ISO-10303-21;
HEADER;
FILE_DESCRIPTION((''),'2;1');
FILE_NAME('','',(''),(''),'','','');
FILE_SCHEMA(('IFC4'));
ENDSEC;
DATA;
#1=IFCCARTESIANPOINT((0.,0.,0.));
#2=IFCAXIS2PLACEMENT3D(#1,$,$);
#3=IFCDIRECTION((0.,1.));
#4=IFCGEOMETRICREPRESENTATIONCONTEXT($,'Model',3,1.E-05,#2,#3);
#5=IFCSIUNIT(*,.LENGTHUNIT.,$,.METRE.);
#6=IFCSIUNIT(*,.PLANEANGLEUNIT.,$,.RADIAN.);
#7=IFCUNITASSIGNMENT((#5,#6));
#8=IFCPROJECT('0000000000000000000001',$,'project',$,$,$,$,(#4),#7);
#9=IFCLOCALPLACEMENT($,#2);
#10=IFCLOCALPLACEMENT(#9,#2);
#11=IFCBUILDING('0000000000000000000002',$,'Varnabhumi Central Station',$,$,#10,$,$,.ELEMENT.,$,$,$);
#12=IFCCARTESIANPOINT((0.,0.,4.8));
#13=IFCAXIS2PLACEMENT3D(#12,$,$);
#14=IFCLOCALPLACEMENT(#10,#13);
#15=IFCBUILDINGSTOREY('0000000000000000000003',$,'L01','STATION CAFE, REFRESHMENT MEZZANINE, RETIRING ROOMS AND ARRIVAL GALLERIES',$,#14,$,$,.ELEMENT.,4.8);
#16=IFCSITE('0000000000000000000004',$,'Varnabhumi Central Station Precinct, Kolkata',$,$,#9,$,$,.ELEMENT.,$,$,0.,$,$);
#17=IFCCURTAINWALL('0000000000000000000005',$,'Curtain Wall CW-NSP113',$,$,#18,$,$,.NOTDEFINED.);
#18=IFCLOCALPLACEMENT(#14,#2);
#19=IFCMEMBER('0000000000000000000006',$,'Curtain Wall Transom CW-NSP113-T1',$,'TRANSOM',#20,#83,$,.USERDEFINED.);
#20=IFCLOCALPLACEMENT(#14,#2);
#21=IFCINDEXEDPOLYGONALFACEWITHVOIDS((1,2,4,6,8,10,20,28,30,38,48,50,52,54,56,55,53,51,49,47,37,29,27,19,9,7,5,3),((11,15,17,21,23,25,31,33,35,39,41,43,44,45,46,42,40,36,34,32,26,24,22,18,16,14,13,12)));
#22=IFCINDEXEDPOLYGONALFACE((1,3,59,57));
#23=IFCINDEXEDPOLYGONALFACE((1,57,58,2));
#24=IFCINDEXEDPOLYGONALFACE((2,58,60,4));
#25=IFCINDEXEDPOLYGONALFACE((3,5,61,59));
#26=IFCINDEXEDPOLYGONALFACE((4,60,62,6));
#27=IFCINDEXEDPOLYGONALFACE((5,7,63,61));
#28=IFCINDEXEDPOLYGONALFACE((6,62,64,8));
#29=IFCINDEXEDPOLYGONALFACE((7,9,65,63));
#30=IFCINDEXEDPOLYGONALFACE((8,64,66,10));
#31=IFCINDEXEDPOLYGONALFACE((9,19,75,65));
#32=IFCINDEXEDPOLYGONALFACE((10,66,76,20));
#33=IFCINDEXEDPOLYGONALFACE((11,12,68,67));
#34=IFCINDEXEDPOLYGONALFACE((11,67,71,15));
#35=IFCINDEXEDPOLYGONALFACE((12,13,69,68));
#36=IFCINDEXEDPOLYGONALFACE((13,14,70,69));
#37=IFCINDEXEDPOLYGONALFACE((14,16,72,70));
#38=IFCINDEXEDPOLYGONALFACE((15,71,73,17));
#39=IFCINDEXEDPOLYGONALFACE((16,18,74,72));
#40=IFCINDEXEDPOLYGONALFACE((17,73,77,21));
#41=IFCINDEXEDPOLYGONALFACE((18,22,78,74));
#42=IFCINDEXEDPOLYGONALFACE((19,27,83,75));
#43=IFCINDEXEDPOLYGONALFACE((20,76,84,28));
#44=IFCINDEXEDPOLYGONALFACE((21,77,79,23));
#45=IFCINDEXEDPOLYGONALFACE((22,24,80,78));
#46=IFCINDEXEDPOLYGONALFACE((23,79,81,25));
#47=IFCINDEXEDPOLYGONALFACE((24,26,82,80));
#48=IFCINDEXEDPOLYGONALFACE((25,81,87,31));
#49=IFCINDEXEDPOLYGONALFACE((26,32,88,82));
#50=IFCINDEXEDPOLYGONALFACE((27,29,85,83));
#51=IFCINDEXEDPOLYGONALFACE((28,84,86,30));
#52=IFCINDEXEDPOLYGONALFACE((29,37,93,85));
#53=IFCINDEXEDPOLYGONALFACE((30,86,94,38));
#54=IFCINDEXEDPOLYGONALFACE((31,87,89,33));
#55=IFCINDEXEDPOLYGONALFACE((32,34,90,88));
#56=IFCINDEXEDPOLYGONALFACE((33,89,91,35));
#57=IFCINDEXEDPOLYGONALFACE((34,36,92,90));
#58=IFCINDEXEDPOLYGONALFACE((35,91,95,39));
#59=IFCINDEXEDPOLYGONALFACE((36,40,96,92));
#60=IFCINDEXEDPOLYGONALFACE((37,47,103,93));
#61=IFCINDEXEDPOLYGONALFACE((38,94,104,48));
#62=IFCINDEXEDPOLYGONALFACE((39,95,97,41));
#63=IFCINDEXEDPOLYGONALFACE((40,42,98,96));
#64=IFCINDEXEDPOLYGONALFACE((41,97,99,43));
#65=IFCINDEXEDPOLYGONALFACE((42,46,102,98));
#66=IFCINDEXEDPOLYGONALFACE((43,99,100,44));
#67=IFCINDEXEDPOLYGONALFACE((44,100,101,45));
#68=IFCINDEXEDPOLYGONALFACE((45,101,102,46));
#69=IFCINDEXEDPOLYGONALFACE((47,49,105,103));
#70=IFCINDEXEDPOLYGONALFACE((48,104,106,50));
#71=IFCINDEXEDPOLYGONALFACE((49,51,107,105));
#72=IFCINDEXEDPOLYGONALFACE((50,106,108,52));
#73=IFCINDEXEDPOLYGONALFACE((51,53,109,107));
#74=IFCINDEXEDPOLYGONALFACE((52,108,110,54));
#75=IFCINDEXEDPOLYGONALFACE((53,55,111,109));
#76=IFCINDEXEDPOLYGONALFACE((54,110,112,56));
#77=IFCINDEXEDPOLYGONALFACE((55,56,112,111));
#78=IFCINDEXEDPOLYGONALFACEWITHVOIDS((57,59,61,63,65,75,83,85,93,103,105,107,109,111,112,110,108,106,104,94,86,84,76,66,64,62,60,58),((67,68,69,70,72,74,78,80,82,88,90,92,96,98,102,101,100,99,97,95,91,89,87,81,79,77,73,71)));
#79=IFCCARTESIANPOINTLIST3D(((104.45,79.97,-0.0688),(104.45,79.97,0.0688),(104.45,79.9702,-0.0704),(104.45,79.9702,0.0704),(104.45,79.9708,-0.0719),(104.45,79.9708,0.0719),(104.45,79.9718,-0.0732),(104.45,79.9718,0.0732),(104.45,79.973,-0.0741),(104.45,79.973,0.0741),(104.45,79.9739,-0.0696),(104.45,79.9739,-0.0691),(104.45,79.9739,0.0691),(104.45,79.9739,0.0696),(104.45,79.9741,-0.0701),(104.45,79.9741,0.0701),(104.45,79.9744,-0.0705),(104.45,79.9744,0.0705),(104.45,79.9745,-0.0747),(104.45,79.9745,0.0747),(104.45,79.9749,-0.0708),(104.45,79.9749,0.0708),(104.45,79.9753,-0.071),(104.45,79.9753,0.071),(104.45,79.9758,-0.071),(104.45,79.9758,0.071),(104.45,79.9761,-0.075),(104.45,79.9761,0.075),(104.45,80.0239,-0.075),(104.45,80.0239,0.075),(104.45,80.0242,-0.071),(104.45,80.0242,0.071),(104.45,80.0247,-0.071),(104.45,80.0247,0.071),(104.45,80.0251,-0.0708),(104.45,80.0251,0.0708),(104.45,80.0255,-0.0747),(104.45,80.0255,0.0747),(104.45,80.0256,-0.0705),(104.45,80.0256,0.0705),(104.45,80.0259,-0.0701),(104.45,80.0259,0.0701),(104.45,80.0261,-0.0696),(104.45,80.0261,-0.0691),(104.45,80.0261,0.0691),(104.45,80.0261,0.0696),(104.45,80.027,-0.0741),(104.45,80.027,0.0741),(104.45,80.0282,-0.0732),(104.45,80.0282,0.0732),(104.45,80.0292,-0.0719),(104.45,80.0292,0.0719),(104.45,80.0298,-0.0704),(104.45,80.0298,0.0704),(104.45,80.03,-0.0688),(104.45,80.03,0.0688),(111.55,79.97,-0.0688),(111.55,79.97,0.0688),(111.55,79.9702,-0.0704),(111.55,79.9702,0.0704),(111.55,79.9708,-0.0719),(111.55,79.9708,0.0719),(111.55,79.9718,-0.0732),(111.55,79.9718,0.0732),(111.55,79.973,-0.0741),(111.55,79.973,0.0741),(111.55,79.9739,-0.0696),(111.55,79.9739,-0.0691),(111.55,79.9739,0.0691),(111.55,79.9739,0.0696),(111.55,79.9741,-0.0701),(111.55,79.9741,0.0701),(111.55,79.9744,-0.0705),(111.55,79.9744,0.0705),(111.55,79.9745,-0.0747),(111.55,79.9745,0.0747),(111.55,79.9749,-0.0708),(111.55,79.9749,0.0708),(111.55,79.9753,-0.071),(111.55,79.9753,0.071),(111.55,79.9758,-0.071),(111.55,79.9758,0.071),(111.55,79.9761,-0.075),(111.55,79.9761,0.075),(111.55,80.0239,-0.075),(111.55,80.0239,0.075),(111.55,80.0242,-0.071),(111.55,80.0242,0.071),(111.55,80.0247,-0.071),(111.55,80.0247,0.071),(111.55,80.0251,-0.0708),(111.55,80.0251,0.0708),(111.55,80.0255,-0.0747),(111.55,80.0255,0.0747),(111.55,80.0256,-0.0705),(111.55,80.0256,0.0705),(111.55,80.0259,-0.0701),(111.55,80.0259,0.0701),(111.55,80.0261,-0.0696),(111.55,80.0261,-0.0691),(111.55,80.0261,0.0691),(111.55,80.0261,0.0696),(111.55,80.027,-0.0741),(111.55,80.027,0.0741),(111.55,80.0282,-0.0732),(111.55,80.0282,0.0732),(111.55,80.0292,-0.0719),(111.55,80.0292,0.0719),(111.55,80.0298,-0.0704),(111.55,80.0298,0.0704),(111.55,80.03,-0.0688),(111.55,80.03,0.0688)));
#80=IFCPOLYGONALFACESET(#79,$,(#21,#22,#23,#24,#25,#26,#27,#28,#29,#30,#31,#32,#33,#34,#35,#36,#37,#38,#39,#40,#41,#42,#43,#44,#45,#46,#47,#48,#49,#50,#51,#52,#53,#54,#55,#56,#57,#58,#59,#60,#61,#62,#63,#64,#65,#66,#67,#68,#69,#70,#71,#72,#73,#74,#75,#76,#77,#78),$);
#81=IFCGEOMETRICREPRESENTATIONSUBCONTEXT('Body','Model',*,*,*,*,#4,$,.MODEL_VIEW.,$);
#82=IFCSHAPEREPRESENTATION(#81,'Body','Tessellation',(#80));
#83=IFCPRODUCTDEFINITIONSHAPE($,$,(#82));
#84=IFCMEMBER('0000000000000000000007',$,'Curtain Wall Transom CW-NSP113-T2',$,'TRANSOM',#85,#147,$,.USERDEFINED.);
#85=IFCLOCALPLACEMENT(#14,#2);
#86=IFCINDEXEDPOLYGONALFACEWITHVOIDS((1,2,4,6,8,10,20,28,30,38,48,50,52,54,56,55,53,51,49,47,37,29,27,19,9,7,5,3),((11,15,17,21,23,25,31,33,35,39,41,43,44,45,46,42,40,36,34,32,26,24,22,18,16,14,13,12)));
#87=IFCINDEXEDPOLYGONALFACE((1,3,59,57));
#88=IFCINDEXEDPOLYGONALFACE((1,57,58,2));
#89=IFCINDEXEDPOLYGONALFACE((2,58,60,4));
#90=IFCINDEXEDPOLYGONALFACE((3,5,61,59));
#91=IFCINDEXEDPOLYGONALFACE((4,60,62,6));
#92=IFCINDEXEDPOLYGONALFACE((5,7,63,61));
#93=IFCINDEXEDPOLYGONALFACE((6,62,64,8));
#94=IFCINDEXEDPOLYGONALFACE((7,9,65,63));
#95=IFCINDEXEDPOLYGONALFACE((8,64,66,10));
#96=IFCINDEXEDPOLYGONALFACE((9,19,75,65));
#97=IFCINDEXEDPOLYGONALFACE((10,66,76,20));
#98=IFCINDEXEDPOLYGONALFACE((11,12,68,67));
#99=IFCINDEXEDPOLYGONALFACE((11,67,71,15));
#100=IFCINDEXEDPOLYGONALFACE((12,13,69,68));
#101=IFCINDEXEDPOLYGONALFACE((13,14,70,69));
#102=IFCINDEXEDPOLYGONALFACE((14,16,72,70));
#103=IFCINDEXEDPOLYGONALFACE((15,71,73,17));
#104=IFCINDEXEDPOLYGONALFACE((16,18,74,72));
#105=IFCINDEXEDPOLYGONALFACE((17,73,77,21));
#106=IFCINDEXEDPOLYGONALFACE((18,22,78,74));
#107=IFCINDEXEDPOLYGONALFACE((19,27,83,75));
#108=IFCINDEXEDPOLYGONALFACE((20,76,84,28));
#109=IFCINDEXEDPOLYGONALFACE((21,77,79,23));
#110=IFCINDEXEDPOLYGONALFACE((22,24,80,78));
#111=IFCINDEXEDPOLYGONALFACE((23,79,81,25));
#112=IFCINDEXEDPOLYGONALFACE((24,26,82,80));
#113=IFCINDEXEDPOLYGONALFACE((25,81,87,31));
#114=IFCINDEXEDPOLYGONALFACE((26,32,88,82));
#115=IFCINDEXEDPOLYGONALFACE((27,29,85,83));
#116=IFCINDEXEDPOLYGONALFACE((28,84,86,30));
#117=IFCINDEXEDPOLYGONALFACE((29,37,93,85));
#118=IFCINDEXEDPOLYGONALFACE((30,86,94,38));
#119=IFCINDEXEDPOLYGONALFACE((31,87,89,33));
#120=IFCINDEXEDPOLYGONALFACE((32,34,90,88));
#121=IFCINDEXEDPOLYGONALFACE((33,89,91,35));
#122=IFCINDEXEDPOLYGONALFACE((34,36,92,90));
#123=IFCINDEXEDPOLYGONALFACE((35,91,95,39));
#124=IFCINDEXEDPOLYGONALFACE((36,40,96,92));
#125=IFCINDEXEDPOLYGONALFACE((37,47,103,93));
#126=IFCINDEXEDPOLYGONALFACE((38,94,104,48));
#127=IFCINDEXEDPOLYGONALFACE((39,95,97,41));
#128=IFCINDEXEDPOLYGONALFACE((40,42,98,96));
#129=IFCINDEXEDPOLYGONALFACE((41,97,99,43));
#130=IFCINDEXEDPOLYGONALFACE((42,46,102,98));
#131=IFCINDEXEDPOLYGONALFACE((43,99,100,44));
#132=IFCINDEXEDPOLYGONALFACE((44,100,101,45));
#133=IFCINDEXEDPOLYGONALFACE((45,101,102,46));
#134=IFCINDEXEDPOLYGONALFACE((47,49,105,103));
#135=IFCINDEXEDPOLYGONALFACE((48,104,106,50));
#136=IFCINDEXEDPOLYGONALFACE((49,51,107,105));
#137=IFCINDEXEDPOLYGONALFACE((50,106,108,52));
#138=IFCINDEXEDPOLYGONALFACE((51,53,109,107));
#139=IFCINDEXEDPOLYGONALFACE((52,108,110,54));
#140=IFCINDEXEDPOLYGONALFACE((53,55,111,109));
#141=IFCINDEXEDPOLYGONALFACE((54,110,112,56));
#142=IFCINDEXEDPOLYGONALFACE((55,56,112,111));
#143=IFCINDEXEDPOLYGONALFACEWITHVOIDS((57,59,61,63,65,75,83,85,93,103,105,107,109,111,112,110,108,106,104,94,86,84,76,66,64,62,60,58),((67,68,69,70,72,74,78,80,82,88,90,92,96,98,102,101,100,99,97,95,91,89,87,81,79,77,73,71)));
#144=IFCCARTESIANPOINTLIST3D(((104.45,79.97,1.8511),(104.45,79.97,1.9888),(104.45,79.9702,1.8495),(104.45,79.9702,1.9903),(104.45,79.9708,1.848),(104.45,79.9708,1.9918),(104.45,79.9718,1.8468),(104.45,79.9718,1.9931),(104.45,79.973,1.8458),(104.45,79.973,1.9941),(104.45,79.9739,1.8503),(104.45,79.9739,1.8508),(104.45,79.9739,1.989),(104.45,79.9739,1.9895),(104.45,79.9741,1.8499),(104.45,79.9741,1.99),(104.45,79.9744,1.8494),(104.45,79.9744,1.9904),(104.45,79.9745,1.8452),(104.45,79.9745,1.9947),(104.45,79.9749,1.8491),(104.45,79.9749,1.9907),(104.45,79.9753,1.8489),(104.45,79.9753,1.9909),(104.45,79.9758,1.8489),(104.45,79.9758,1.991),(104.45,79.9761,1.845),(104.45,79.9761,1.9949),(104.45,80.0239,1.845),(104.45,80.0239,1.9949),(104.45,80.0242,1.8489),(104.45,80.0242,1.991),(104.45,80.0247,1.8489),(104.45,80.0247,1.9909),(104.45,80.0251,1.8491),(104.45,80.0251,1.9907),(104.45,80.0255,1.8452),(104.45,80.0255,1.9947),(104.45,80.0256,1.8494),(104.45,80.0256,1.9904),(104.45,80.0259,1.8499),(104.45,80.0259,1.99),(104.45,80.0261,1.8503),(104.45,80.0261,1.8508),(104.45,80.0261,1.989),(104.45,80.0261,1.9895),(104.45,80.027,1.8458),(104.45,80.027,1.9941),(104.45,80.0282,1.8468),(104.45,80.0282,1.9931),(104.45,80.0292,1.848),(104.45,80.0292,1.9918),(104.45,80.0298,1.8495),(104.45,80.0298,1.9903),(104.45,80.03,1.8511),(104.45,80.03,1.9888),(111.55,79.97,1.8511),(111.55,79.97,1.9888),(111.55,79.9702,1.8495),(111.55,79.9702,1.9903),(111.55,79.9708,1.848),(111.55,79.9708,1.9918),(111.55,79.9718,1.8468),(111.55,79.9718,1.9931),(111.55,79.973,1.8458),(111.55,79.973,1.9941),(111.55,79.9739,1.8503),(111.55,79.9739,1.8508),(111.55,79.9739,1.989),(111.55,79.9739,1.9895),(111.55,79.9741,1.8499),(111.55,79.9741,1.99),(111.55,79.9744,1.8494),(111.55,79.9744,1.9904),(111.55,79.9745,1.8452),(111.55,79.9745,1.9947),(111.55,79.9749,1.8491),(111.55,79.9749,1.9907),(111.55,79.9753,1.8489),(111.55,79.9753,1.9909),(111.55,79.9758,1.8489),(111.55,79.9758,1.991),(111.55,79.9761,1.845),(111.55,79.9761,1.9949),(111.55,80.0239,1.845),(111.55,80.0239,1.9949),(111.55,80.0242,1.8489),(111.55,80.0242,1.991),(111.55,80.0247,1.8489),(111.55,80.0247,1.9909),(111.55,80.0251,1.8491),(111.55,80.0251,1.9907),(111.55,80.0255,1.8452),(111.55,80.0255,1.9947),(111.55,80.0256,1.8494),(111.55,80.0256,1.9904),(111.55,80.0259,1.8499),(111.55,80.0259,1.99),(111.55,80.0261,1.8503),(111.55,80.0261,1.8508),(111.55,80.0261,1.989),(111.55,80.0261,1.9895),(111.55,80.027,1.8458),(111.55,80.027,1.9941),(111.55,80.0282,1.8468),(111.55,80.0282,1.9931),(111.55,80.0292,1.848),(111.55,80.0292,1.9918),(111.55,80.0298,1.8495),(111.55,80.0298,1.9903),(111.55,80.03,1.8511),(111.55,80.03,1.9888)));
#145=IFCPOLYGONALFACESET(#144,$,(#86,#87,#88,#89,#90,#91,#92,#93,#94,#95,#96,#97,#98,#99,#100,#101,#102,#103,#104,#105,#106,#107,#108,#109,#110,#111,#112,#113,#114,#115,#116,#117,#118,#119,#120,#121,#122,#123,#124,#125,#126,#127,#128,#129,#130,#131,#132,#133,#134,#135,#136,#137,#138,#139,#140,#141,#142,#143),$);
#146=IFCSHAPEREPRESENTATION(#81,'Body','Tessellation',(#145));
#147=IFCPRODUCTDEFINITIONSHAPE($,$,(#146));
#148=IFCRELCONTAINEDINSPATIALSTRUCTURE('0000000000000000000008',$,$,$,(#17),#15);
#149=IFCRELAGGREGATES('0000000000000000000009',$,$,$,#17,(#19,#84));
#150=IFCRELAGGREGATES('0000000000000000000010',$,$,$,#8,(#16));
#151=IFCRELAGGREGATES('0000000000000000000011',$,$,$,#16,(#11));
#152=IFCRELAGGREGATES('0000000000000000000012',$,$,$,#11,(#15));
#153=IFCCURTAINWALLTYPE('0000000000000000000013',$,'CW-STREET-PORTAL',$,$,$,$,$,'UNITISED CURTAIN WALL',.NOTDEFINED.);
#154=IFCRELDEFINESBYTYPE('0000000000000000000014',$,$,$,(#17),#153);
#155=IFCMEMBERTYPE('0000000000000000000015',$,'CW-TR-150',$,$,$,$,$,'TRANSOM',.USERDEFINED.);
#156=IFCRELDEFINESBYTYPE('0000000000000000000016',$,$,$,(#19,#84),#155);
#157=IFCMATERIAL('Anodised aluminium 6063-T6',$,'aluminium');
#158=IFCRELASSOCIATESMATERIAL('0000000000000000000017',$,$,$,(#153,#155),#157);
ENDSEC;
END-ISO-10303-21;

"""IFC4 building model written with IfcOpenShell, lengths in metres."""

from ifc_helpers import new_model, si_unit, direction, frame, origin, origin_2d, place, context, subcontext, project, spatial, hollow_rectangle, extrude, material, material_profile, profile_set, type_object, element, aggregate, save


model = new_model("IFC4")

# Units and contexts
model_context = context("Model", 3, precision=1e-05, world=origin(), true_north=direction((0.0, 1.0)))
body_context = subcontext(model_context, "Body", "Model", "MODEL_VIEW")
ifc_project = project(units=[si_unit("LENGTHUNIT", "METRE"), si_unit("PLANEANGLEUNIT", "RADIAN")], contexts=[model_context])

# Site, building, storey
site_placement = place(None, origin())
site = spatial("IfcSite", under=ifc_project, at=site_placement, Name="Varnabhumi Central Station Precinct, Kolkata", CompositionType="ELEMENT", RefElevation=0.0)
building_placement = place(site_placement, origin())
building = spatial("IfcBuilding", under=site, at=building_placement, Name="Varnabhumi Central Station", CompositionType="ELEMENT")
storey_placement = place(building_placement, frame((0.0, 0.0, 4.8)))
storey = spatial("IfcBuildingStorey", under=building, at=storey_placement, Name="L01", Description="STATION CAFE, REFRESHMENT MEZZANINE, RETIRING ROOMS AND ARRIVAL GALLERIES", CompositionType="ELEMENT", Elevation=4.8)

# Curtain wall
ifc_material_1 = material(Name="Anodised aluminium 6063-T6", Category="aluminium")
curtain_wall_type_1 = type_object("IfcCurtainWallType", Name="CW-STREET-PORTAL", ElementType="UNITISED CURTAIN WALL", PredefinedType="NOTDEFINED", material=ifc_material_1)
curtain_wall_1_placement = place(storey_placement, origin())
curtain_wall_1 = element("IfcCurtainWall", 1, at=curtain_wall_1_placement, inside=storey, type_object=curtain_wall_type_1, Name="Curtain Wall CW-NSP113", PredefinedType="NOTDEFINED")

# Members
ifc_material_profile_1 = material_profile(ifc_material_1, hollow_rectangle(XDim=0.0601, YDim=0.1499, WallThickness=0.0039, InnerFilletRadius=0.002, OuterFilletRadius=0.0061, at=origin_2d()), Name="Anodised aluminium 6063-T6", Category="aluminium")
ifc_profile_set_1 = profile_set([ifc_material_profile_1], Name="Anodised aluminium 6063-T6")
member_type_1 = type_object("IfcMemberType", Name="CW-TR-150", ElementType="TRANSOM", PredefinedType="USERDEFINED", material=ifc_profile_set_1)
member_1_placement = place(storey_placement, frame((104.45, 80.0, 0.0), z_axis=(1.0, 0.0, 0.0), x_axis=(0.0, 1.0, 0.0)))
member_1 = element("IfcMember", 2, at=member_1_placement, type_object=member_type_1, Name="Curtain Wall Transom CW-NSP113-T1", ObjectType="TRANSOM", PredefinedType="USERDEFINED", context=body_context, shape_type="SweptSolid", body=[
    extrude(hollow_rectangle(XDim=0.0601, YDim=0.1499, WallThickness=0.0039, InnerFilletRadius=0.002, OuterFilletRadius=0.0061, at=origin_2d()), origin(), (0.0, 0.0, 1.0), 7.1001),
])
member_2_placement = place(storey_placement, frame((104.45, 80.0, 1.9199), z_axis=(1.0, 0.0, 0.0), x_axis=(0.0, 1.0, 0.0)))
member_2 = element("IfcMember", 3, at=member_2_placement, type_object=member_type_1, Name="Curtain Wall Transom CW-NSP113-T2", ObjectType="TRANSOM", PredefinedType="USERDEFINED", context=body_context, shape_type="SweptSolid", body=[
    extrude(hollow_rectangle(XDim=0.0601, YDim=0.1499, WallThickness=0.0039, InnerFilletRadius=0.002, OuterFilletRadius=0.0061, at=origin_2d()), origin(), (0.0, 0.0, 1.0), 7.1001),
])

aggregate(curtain_wall_1, [member_1, member_2])

save(model, "model.ifc")
